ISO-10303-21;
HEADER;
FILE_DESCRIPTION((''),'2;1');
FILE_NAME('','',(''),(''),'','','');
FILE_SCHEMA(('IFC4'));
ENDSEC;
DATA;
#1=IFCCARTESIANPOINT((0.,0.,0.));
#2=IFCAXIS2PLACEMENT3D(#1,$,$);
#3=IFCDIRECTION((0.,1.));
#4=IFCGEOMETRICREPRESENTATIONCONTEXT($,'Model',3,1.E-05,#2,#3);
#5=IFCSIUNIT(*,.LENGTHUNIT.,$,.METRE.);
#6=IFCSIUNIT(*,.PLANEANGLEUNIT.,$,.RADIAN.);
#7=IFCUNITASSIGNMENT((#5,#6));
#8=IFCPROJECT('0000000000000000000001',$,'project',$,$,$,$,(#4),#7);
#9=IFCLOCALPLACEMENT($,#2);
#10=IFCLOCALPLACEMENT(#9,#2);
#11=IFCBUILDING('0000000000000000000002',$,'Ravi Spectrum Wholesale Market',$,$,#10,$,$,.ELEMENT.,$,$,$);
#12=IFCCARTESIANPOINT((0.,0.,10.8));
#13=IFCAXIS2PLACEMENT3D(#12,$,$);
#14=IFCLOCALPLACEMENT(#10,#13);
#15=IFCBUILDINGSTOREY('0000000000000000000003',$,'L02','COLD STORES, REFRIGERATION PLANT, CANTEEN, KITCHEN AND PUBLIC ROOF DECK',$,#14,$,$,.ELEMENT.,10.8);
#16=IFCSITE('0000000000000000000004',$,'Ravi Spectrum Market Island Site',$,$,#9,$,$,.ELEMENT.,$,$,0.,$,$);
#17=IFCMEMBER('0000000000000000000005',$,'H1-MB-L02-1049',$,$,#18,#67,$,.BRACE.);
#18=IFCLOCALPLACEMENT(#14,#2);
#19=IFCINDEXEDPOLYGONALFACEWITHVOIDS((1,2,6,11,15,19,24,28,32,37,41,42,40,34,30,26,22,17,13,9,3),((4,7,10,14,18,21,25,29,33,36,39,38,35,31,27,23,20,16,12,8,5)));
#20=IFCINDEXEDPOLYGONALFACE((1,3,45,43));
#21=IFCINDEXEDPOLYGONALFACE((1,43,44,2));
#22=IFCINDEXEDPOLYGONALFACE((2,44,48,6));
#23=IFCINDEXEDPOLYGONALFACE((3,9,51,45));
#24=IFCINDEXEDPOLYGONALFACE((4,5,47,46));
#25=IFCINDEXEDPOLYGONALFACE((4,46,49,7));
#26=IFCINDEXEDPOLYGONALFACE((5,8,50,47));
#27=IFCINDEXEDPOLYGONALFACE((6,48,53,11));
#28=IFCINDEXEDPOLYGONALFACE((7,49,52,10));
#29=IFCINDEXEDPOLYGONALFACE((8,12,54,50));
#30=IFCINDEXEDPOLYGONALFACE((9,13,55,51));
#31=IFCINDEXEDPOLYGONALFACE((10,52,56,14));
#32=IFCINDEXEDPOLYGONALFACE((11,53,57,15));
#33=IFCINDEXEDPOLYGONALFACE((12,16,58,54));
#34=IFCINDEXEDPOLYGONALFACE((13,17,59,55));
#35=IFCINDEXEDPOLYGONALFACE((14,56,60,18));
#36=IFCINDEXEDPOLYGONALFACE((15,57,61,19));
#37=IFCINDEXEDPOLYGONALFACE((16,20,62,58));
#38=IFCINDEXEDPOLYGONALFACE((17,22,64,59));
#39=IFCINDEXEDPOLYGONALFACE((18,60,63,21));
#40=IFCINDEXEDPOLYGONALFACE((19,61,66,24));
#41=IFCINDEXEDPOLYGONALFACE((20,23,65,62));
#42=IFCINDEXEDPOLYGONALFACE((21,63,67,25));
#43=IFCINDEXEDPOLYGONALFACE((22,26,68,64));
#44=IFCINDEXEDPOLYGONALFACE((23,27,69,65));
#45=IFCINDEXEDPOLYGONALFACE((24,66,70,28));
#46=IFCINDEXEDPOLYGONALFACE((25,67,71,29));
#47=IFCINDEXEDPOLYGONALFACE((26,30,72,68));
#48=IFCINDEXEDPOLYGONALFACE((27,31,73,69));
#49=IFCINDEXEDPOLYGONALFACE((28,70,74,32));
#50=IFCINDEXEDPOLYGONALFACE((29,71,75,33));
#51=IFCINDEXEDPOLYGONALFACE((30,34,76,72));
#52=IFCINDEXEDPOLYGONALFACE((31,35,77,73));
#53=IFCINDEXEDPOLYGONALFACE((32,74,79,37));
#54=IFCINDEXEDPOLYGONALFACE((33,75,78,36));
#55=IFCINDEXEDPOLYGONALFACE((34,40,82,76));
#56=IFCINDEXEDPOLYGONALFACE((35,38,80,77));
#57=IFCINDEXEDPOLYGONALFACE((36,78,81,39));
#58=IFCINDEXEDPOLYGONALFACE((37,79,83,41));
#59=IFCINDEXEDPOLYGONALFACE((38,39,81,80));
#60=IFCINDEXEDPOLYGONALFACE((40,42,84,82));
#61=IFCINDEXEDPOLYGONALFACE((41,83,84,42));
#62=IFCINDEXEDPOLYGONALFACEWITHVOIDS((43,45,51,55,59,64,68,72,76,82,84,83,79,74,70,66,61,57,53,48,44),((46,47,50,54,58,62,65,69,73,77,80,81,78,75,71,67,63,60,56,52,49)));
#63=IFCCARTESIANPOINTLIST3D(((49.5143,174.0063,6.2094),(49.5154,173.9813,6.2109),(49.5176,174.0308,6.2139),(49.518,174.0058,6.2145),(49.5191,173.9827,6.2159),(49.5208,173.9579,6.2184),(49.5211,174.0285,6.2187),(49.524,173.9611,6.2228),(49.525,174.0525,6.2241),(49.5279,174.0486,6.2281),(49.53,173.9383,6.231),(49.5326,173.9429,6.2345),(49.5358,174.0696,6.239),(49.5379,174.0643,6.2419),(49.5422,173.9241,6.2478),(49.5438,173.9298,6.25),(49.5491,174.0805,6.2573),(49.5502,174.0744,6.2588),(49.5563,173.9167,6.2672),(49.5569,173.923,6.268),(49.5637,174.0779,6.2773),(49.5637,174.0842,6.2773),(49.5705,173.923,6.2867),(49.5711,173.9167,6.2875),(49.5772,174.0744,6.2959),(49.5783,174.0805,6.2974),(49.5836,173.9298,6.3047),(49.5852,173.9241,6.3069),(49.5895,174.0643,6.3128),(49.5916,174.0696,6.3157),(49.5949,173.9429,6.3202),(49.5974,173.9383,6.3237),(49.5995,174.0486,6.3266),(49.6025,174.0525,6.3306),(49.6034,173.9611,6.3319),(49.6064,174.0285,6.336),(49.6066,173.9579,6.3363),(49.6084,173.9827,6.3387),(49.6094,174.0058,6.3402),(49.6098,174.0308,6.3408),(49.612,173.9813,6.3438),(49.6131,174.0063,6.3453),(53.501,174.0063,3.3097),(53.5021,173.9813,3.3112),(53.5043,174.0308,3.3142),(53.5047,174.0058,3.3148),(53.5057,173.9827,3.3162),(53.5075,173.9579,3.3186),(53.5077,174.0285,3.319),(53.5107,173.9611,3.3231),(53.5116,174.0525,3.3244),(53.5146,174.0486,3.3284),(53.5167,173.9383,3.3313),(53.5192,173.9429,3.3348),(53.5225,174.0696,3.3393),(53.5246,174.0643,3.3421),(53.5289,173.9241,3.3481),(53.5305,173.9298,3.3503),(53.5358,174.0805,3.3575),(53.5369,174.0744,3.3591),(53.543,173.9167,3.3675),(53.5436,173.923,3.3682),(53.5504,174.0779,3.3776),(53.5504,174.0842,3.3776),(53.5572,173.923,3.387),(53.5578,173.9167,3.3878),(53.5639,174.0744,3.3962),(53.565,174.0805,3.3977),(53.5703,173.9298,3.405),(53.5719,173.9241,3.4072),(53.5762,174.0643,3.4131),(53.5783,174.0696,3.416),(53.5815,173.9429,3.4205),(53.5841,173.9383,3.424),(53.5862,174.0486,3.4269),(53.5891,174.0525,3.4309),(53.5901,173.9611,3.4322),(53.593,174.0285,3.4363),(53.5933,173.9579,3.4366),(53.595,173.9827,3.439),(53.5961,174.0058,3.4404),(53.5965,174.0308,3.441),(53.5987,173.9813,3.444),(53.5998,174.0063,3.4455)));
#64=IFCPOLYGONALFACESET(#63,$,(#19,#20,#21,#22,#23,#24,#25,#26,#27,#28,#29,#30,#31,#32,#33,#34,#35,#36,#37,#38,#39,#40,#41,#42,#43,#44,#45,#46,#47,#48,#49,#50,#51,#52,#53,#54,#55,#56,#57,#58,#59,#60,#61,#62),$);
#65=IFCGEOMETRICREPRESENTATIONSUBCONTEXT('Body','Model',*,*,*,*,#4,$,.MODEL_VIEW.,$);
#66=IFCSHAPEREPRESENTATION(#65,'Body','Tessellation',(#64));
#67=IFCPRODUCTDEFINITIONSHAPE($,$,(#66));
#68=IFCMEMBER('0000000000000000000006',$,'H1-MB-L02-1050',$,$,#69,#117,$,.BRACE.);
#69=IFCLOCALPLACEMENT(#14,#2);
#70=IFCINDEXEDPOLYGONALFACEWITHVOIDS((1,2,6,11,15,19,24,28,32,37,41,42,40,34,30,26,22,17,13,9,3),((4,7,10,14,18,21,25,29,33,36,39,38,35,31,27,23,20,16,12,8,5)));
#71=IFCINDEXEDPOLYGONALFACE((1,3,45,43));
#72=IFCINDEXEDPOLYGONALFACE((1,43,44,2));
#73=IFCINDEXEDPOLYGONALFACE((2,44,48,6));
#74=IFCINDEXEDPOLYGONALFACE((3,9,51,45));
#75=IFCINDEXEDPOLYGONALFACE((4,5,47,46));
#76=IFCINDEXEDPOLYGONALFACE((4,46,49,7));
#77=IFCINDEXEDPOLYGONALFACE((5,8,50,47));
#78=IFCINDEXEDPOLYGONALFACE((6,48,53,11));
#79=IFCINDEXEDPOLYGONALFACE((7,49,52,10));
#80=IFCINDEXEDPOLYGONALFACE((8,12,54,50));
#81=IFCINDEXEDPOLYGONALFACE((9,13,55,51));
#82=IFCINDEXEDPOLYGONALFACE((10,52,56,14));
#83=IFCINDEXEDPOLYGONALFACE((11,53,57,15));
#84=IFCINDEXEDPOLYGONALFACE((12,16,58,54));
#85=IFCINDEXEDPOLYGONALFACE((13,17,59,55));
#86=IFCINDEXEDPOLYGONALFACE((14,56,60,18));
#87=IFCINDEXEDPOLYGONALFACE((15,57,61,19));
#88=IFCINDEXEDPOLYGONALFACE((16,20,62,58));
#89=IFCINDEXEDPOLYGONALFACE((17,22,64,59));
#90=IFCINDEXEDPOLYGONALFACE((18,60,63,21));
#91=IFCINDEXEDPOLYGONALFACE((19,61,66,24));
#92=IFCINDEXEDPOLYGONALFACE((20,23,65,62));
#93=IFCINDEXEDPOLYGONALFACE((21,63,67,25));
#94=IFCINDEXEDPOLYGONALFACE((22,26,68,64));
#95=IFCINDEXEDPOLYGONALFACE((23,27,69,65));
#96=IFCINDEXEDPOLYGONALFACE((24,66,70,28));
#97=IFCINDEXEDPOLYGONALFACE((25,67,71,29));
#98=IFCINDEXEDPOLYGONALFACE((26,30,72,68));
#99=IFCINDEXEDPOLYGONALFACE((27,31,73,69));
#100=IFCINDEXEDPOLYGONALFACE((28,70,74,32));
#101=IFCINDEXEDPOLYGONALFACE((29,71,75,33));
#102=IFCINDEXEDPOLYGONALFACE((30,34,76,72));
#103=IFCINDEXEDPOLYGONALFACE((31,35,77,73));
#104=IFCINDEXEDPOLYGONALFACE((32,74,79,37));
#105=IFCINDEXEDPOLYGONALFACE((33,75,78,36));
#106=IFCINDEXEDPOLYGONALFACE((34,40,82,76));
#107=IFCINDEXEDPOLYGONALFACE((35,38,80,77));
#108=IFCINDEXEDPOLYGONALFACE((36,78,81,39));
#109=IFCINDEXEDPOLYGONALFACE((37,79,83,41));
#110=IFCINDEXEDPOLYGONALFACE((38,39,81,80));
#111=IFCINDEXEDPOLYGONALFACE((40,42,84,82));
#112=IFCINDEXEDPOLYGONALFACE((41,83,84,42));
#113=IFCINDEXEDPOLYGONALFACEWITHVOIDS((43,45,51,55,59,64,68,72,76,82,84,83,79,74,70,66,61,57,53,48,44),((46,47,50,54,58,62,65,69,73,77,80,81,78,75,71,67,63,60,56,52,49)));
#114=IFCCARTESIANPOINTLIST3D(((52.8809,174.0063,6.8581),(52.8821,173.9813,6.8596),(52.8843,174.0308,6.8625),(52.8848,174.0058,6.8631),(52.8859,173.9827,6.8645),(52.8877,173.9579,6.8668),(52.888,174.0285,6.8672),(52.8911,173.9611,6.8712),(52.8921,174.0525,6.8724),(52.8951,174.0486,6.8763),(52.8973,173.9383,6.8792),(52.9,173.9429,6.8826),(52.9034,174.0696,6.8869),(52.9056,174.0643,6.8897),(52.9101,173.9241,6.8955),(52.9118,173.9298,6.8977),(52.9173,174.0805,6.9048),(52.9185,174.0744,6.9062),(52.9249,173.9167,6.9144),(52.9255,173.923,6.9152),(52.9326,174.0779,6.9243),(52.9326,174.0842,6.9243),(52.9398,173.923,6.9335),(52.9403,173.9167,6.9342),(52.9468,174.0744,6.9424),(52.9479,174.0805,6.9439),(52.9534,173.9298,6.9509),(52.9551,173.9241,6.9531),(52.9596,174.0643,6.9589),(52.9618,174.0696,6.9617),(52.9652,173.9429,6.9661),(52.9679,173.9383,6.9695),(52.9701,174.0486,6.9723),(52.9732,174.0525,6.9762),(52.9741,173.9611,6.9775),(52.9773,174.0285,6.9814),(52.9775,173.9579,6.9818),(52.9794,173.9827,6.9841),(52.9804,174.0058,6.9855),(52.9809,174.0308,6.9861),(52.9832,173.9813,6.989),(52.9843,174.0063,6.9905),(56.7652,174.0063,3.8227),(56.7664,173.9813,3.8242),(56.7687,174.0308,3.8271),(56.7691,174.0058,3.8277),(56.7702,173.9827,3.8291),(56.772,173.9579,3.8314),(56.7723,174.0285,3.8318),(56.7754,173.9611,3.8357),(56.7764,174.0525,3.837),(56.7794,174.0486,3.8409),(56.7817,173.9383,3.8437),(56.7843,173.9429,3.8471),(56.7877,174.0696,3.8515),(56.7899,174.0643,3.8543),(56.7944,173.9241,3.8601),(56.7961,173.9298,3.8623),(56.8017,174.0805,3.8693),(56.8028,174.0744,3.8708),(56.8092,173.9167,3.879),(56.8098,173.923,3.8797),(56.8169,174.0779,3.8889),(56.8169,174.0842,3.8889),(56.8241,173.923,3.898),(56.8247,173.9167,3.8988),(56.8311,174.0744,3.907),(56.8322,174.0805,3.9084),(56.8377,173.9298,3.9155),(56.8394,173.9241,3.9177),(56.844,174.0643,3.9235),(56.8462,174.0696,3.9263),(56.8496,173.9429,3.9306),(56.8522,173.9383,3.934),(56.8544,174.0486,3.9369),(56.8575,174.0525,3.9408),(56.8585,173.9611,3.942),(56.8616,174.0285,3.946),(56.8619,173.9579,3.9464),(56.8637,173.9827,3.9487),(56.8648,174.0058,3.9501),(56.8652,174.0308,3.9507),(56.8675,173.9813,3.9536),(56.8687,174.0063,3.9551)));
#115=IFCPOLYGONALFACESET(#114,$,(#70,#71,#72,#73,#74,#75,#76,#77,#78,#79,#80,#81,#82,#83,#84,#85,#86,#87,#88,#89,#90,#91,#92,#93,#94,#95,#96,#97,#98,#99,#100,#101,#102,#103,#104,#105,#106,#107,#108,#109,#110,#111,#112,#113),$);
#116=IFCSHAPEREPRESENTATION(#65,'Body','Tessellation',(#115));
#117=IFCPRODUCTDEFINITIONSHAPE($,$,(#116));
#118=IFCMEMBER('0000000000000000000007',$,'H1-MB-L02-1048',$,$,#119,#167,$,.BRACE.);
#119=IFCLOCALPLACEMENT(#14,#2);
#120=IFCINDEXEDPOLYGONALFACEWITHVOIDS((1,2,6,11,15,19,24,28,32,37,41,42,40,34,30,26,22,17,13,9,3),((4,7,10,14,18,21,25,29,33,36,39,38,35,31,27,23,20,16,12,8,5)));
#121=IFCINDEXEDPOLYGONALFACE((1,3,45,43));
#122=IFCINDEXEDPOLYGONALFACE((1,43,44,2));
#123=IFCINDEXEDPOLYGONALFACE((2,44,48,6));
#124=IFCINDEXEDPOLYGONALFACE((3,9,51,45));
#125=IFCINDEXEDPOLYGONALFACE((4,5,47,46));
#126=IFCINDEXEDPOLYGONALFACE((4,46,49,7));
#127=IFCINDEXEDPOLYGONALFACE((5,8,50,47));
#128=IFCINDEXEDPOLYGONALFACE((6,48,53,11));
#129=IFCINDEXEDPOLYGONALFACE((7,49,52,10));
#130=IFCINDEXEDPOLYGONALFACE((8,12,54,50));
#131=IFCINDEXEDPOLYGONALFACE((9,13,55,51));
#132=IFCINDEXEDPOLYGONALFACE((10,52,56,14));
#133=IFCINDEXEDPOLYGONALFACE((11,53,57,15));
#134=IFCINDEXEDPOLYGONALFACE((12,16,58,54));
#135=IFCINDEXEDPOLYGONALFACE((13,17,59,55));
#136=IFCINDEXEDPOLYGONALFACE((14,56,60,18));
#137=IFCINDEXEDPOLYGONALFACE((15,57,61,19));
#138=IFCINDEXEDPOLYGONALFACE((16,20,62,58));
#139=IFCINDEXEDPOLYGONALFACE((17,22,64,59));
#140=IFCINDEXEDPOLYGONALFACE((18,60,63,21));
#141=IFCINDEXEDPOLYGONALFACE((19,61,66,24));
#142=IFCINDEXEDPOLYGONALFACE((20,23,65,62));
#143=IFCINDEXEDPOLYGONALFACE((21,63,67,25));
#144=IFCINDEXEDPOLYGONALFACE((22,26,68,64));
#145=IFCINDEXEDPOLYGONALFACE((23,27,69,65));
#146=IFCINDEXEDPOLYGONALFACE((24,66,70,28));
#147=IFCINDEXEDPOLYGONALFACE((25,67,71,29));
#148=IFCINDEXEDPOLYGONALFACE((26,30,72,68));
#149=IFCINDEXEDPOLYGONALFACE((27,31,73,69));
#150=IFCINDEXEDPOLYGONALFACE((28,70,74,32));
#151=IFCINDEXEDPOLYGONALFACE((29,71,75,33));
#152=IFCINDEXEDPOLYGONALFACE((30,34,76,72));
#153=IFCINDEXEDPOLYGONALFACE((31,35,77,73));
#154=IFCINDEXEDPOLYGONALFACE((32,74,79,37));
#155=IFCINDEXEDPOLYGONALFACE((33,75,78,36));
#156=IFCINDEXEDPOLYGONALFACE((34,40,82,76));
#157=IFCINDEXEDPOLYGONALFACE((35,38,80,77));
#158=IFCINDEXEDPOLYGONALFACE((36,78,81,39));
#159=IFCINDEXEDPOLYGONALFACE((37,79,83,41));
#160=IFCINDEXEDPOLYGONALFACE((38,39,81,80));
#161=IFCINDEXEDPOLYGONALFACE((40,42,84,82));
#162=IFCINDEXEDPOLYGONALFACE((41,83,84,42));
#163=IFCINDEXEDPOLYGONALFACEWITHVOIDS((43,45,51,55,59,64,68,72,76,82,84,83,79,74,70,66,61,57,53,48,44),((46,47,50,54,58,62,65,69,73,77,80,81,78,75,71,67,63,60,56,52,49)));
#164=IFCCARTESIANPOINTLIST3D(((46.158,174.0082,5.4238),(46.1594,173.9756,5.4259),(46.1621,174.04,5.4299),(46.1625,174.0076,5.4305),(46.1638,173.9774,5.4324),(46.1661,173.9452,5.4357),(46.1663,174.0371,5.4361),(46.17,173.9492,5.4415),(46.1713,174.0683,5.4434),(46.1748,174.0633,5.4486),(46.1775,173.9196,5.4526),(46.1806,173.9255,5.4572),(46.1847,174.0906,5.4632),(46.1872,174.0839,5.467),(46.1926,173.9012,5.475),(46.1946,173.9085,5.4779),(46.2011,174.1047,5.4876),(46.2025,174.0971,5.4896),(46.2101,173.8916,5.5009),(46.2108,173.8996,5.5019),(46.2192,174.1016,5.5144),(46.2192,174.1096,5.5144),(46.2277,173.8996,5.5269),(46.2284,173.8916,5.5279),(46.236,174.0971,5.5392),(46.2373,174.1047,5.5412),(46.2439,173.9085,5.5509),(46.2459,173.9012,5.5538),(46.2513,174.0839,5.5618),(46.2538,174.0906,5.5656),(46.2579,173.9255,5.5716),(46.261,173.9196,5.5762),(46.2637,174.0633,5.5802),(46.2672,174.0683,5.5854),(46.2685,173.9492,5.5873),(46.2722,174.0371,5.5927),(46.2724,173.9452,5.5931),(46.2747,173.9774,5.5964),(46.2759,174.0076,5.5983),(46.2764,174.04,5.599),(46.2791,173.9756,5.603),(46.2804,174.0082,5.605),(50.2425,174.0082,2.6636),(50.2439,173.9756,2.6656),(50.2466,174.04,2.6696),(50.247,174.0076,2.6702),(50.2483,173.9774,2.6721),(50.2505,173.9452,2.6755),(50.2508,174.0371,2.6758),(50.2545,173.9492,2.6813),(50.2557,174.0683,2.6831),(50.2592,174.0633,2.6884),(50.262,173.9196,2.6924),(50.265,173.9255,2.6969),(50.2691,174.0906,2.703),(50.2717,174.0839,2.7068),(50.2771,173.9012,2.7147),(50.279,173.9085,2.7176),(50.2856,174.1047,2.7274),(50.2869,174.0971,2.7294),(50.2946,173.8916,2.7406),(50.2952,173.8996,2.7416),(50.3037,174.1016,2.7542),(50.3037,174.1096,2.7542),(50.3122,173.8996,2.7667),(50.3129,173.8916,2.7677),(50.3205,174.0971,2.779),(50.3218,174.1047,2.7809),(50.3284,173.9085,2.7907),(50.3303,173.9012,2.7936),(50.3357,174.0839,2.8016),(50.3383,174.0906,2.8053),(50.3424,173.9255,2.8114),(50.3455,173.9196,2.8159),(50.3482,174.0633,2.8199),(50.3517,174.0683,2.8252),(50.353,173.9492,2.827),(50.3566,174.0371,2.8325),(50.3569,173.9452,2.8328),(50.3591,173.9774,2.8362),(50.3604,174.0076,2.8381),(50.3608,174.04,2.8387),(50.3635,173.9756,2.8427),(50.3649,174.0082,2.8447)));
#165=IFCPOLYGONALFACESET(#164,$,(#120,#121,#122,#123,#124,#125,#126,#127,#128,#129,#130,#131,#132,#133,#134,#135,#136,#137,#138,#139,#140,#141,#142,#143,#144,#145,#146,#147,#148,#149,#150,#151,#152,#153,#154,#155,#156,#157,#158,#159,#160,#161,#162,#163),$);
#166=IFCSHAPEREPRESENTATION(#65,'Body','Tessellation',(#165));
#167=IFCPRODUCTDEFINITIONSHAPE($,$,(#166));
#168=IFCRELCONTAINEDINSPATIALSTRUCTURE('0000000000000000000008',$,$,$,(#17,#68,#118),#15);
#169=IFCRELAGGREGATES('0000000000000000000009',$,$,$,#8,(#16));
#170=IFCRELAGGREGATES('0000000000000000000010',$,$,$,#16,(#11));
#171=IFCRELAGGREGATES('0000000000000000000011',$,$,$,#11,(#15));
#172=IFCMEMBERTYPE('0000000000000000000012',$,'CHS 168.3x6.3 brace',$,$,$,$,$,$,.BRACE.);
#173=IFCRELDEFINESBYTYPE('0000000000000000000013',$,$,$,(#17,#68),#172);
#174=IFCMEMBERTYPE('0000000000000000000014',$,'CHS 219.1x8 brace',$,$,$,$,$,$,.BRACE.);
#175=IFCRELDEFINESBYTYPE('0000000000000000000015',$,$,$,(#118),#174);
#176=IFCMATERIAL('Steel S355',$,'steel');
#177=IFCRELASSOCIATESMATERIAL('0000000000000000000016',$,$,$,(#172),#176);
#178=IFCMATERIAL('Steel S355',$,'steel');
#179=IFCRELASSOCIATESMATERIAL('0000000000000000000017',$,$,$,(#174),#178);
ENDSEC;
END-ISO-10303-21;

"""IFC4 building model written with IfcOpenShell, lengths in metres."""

from ifc_helpers import new_model, si_unit, direction, frame, origin, origin_2d, place, context, subcontext, project, spatial, hollow_circle, extrude, material, material_profile, profile_set, type_object, element, save


model = new_model("IFC4")

# Units and contexts
model_context = context("Model", 3, precision=1e-05, world=origin(), true_north=direction((0.0, 1.0)))
body_context = subcontext(model_context, "Body", "Model", "MODEL_VIEW")
ifc_project = project(units=[si_unit("LENGTHUNIT", "METRE"), si_unit("PLANEANGLEUNIT", "RADIAN")], contexts=[model_context])

# Site, building, storey
site_placement = place(None, origin())
site = spatial("IfcSite", under=ifc_project, at=site_placement, Name="Ravi Spectrum Market Island Site", CompositionType="ELEMENT", RefElevation=0.0)
building_placement = place(site_placement, origin())
building = spatial("IfcBuilding", under=site, at=building_placement, Name="Ravi Spectrum Wholesale Market", CompositionType="ELEMENT")
storey_placement = place(building_placement, frame((0.0, 0.0, 10.8)))
storey = spatial("IfcBuildingStorey", under=building, at=storey_placement, Name="L02", Description="COLD STORES, REFRIGERATION PLANT, CANTEEN, KITCHEN AND PUBLIC ROOF DECK", CompositionType="ELEMENT", Elevation=10.8)

# Members
ifc_material_1 = material(Name="Steel S355", Category="steel")
ifc_material_profile_1 = material_profile(ifc_material_1, hollow_circle(Radius=0.0842, WallThickness=0.0063, at=origin_2d()))
ifc_profile_set_1 = profile_set([ifc_material_profile_1], Name="Steel S355")
member_type_1 = type_object("IfcMemberType", Name="CHS 168.3x6.3 brace", PredefinedType="BRACE", material=ifc_profile_set_1)
for number, where, z_axis, x_axis, name in (
    (1, (49.5637, 174.0, 6.2773), (0.808704, 0.0, -0.588216), (0.0, 1.0, 0.0), "H1-MB-L02-1049"),
    (2, (52.9326, 174.0, 6.9243), (0.787945, 0.0, -0.615746), (0.0, 1.0, 0.0), "H1-MB-L02-1050"),
):
    element("IfcMember", number, at=place(storey_placement, frame(where, z_axis=z_axis, x_axis=x_axis)), inside=storey, type_object=member_type_1, Name=name, PredefinedType="BRACE", context=body_context, shape_type="SweptSolid", body=[
        extrude(hollow_circle(Radius=0.0842, WallThickness=0.0063, at=origin_2d()), origin(), (0.0, 0.0, 1.0), 4.9297),
    ])
ifc_material_2 = material(Name="Steel S355", Category="steel")
ifc_material_profile_2 = material_profile(ifc_material_2, hollow_circle(Radius=0.1096, WallThickness=0.0081, at=origin_2d()))
ifc_profile_set_2 = profile_set([ifc_material_profile_2], Name="Steel S355")
member_type_2 = type_object("IfcMemberType", Name="CHS 219.1x8 brace", PredefinedType="BRACE", material=ifc_profile_set_2)
member_1_placement = place(storey_placement, frame((46.2192, 174.0, 5.5144), z_axis=(0.828544, 0.0, -0.559924), x_axis=(0.0, 1.0, 0.0)))
element("IfcMember", 3, at=member_1_placement, inside=storey, type_object=member_type_2, Name="H1-MB-L02-1048", PredefinedType="BRACE", context=body_context, shape_type="SweptSolid", body=[
    extrude(hollow_circle(Radius=0.1096, WallThickness=0.0081, at=origin_2d()), origin(), (0.0, 0.0, 1.0), 4.9297),
])

save(model, "model.ifc")
